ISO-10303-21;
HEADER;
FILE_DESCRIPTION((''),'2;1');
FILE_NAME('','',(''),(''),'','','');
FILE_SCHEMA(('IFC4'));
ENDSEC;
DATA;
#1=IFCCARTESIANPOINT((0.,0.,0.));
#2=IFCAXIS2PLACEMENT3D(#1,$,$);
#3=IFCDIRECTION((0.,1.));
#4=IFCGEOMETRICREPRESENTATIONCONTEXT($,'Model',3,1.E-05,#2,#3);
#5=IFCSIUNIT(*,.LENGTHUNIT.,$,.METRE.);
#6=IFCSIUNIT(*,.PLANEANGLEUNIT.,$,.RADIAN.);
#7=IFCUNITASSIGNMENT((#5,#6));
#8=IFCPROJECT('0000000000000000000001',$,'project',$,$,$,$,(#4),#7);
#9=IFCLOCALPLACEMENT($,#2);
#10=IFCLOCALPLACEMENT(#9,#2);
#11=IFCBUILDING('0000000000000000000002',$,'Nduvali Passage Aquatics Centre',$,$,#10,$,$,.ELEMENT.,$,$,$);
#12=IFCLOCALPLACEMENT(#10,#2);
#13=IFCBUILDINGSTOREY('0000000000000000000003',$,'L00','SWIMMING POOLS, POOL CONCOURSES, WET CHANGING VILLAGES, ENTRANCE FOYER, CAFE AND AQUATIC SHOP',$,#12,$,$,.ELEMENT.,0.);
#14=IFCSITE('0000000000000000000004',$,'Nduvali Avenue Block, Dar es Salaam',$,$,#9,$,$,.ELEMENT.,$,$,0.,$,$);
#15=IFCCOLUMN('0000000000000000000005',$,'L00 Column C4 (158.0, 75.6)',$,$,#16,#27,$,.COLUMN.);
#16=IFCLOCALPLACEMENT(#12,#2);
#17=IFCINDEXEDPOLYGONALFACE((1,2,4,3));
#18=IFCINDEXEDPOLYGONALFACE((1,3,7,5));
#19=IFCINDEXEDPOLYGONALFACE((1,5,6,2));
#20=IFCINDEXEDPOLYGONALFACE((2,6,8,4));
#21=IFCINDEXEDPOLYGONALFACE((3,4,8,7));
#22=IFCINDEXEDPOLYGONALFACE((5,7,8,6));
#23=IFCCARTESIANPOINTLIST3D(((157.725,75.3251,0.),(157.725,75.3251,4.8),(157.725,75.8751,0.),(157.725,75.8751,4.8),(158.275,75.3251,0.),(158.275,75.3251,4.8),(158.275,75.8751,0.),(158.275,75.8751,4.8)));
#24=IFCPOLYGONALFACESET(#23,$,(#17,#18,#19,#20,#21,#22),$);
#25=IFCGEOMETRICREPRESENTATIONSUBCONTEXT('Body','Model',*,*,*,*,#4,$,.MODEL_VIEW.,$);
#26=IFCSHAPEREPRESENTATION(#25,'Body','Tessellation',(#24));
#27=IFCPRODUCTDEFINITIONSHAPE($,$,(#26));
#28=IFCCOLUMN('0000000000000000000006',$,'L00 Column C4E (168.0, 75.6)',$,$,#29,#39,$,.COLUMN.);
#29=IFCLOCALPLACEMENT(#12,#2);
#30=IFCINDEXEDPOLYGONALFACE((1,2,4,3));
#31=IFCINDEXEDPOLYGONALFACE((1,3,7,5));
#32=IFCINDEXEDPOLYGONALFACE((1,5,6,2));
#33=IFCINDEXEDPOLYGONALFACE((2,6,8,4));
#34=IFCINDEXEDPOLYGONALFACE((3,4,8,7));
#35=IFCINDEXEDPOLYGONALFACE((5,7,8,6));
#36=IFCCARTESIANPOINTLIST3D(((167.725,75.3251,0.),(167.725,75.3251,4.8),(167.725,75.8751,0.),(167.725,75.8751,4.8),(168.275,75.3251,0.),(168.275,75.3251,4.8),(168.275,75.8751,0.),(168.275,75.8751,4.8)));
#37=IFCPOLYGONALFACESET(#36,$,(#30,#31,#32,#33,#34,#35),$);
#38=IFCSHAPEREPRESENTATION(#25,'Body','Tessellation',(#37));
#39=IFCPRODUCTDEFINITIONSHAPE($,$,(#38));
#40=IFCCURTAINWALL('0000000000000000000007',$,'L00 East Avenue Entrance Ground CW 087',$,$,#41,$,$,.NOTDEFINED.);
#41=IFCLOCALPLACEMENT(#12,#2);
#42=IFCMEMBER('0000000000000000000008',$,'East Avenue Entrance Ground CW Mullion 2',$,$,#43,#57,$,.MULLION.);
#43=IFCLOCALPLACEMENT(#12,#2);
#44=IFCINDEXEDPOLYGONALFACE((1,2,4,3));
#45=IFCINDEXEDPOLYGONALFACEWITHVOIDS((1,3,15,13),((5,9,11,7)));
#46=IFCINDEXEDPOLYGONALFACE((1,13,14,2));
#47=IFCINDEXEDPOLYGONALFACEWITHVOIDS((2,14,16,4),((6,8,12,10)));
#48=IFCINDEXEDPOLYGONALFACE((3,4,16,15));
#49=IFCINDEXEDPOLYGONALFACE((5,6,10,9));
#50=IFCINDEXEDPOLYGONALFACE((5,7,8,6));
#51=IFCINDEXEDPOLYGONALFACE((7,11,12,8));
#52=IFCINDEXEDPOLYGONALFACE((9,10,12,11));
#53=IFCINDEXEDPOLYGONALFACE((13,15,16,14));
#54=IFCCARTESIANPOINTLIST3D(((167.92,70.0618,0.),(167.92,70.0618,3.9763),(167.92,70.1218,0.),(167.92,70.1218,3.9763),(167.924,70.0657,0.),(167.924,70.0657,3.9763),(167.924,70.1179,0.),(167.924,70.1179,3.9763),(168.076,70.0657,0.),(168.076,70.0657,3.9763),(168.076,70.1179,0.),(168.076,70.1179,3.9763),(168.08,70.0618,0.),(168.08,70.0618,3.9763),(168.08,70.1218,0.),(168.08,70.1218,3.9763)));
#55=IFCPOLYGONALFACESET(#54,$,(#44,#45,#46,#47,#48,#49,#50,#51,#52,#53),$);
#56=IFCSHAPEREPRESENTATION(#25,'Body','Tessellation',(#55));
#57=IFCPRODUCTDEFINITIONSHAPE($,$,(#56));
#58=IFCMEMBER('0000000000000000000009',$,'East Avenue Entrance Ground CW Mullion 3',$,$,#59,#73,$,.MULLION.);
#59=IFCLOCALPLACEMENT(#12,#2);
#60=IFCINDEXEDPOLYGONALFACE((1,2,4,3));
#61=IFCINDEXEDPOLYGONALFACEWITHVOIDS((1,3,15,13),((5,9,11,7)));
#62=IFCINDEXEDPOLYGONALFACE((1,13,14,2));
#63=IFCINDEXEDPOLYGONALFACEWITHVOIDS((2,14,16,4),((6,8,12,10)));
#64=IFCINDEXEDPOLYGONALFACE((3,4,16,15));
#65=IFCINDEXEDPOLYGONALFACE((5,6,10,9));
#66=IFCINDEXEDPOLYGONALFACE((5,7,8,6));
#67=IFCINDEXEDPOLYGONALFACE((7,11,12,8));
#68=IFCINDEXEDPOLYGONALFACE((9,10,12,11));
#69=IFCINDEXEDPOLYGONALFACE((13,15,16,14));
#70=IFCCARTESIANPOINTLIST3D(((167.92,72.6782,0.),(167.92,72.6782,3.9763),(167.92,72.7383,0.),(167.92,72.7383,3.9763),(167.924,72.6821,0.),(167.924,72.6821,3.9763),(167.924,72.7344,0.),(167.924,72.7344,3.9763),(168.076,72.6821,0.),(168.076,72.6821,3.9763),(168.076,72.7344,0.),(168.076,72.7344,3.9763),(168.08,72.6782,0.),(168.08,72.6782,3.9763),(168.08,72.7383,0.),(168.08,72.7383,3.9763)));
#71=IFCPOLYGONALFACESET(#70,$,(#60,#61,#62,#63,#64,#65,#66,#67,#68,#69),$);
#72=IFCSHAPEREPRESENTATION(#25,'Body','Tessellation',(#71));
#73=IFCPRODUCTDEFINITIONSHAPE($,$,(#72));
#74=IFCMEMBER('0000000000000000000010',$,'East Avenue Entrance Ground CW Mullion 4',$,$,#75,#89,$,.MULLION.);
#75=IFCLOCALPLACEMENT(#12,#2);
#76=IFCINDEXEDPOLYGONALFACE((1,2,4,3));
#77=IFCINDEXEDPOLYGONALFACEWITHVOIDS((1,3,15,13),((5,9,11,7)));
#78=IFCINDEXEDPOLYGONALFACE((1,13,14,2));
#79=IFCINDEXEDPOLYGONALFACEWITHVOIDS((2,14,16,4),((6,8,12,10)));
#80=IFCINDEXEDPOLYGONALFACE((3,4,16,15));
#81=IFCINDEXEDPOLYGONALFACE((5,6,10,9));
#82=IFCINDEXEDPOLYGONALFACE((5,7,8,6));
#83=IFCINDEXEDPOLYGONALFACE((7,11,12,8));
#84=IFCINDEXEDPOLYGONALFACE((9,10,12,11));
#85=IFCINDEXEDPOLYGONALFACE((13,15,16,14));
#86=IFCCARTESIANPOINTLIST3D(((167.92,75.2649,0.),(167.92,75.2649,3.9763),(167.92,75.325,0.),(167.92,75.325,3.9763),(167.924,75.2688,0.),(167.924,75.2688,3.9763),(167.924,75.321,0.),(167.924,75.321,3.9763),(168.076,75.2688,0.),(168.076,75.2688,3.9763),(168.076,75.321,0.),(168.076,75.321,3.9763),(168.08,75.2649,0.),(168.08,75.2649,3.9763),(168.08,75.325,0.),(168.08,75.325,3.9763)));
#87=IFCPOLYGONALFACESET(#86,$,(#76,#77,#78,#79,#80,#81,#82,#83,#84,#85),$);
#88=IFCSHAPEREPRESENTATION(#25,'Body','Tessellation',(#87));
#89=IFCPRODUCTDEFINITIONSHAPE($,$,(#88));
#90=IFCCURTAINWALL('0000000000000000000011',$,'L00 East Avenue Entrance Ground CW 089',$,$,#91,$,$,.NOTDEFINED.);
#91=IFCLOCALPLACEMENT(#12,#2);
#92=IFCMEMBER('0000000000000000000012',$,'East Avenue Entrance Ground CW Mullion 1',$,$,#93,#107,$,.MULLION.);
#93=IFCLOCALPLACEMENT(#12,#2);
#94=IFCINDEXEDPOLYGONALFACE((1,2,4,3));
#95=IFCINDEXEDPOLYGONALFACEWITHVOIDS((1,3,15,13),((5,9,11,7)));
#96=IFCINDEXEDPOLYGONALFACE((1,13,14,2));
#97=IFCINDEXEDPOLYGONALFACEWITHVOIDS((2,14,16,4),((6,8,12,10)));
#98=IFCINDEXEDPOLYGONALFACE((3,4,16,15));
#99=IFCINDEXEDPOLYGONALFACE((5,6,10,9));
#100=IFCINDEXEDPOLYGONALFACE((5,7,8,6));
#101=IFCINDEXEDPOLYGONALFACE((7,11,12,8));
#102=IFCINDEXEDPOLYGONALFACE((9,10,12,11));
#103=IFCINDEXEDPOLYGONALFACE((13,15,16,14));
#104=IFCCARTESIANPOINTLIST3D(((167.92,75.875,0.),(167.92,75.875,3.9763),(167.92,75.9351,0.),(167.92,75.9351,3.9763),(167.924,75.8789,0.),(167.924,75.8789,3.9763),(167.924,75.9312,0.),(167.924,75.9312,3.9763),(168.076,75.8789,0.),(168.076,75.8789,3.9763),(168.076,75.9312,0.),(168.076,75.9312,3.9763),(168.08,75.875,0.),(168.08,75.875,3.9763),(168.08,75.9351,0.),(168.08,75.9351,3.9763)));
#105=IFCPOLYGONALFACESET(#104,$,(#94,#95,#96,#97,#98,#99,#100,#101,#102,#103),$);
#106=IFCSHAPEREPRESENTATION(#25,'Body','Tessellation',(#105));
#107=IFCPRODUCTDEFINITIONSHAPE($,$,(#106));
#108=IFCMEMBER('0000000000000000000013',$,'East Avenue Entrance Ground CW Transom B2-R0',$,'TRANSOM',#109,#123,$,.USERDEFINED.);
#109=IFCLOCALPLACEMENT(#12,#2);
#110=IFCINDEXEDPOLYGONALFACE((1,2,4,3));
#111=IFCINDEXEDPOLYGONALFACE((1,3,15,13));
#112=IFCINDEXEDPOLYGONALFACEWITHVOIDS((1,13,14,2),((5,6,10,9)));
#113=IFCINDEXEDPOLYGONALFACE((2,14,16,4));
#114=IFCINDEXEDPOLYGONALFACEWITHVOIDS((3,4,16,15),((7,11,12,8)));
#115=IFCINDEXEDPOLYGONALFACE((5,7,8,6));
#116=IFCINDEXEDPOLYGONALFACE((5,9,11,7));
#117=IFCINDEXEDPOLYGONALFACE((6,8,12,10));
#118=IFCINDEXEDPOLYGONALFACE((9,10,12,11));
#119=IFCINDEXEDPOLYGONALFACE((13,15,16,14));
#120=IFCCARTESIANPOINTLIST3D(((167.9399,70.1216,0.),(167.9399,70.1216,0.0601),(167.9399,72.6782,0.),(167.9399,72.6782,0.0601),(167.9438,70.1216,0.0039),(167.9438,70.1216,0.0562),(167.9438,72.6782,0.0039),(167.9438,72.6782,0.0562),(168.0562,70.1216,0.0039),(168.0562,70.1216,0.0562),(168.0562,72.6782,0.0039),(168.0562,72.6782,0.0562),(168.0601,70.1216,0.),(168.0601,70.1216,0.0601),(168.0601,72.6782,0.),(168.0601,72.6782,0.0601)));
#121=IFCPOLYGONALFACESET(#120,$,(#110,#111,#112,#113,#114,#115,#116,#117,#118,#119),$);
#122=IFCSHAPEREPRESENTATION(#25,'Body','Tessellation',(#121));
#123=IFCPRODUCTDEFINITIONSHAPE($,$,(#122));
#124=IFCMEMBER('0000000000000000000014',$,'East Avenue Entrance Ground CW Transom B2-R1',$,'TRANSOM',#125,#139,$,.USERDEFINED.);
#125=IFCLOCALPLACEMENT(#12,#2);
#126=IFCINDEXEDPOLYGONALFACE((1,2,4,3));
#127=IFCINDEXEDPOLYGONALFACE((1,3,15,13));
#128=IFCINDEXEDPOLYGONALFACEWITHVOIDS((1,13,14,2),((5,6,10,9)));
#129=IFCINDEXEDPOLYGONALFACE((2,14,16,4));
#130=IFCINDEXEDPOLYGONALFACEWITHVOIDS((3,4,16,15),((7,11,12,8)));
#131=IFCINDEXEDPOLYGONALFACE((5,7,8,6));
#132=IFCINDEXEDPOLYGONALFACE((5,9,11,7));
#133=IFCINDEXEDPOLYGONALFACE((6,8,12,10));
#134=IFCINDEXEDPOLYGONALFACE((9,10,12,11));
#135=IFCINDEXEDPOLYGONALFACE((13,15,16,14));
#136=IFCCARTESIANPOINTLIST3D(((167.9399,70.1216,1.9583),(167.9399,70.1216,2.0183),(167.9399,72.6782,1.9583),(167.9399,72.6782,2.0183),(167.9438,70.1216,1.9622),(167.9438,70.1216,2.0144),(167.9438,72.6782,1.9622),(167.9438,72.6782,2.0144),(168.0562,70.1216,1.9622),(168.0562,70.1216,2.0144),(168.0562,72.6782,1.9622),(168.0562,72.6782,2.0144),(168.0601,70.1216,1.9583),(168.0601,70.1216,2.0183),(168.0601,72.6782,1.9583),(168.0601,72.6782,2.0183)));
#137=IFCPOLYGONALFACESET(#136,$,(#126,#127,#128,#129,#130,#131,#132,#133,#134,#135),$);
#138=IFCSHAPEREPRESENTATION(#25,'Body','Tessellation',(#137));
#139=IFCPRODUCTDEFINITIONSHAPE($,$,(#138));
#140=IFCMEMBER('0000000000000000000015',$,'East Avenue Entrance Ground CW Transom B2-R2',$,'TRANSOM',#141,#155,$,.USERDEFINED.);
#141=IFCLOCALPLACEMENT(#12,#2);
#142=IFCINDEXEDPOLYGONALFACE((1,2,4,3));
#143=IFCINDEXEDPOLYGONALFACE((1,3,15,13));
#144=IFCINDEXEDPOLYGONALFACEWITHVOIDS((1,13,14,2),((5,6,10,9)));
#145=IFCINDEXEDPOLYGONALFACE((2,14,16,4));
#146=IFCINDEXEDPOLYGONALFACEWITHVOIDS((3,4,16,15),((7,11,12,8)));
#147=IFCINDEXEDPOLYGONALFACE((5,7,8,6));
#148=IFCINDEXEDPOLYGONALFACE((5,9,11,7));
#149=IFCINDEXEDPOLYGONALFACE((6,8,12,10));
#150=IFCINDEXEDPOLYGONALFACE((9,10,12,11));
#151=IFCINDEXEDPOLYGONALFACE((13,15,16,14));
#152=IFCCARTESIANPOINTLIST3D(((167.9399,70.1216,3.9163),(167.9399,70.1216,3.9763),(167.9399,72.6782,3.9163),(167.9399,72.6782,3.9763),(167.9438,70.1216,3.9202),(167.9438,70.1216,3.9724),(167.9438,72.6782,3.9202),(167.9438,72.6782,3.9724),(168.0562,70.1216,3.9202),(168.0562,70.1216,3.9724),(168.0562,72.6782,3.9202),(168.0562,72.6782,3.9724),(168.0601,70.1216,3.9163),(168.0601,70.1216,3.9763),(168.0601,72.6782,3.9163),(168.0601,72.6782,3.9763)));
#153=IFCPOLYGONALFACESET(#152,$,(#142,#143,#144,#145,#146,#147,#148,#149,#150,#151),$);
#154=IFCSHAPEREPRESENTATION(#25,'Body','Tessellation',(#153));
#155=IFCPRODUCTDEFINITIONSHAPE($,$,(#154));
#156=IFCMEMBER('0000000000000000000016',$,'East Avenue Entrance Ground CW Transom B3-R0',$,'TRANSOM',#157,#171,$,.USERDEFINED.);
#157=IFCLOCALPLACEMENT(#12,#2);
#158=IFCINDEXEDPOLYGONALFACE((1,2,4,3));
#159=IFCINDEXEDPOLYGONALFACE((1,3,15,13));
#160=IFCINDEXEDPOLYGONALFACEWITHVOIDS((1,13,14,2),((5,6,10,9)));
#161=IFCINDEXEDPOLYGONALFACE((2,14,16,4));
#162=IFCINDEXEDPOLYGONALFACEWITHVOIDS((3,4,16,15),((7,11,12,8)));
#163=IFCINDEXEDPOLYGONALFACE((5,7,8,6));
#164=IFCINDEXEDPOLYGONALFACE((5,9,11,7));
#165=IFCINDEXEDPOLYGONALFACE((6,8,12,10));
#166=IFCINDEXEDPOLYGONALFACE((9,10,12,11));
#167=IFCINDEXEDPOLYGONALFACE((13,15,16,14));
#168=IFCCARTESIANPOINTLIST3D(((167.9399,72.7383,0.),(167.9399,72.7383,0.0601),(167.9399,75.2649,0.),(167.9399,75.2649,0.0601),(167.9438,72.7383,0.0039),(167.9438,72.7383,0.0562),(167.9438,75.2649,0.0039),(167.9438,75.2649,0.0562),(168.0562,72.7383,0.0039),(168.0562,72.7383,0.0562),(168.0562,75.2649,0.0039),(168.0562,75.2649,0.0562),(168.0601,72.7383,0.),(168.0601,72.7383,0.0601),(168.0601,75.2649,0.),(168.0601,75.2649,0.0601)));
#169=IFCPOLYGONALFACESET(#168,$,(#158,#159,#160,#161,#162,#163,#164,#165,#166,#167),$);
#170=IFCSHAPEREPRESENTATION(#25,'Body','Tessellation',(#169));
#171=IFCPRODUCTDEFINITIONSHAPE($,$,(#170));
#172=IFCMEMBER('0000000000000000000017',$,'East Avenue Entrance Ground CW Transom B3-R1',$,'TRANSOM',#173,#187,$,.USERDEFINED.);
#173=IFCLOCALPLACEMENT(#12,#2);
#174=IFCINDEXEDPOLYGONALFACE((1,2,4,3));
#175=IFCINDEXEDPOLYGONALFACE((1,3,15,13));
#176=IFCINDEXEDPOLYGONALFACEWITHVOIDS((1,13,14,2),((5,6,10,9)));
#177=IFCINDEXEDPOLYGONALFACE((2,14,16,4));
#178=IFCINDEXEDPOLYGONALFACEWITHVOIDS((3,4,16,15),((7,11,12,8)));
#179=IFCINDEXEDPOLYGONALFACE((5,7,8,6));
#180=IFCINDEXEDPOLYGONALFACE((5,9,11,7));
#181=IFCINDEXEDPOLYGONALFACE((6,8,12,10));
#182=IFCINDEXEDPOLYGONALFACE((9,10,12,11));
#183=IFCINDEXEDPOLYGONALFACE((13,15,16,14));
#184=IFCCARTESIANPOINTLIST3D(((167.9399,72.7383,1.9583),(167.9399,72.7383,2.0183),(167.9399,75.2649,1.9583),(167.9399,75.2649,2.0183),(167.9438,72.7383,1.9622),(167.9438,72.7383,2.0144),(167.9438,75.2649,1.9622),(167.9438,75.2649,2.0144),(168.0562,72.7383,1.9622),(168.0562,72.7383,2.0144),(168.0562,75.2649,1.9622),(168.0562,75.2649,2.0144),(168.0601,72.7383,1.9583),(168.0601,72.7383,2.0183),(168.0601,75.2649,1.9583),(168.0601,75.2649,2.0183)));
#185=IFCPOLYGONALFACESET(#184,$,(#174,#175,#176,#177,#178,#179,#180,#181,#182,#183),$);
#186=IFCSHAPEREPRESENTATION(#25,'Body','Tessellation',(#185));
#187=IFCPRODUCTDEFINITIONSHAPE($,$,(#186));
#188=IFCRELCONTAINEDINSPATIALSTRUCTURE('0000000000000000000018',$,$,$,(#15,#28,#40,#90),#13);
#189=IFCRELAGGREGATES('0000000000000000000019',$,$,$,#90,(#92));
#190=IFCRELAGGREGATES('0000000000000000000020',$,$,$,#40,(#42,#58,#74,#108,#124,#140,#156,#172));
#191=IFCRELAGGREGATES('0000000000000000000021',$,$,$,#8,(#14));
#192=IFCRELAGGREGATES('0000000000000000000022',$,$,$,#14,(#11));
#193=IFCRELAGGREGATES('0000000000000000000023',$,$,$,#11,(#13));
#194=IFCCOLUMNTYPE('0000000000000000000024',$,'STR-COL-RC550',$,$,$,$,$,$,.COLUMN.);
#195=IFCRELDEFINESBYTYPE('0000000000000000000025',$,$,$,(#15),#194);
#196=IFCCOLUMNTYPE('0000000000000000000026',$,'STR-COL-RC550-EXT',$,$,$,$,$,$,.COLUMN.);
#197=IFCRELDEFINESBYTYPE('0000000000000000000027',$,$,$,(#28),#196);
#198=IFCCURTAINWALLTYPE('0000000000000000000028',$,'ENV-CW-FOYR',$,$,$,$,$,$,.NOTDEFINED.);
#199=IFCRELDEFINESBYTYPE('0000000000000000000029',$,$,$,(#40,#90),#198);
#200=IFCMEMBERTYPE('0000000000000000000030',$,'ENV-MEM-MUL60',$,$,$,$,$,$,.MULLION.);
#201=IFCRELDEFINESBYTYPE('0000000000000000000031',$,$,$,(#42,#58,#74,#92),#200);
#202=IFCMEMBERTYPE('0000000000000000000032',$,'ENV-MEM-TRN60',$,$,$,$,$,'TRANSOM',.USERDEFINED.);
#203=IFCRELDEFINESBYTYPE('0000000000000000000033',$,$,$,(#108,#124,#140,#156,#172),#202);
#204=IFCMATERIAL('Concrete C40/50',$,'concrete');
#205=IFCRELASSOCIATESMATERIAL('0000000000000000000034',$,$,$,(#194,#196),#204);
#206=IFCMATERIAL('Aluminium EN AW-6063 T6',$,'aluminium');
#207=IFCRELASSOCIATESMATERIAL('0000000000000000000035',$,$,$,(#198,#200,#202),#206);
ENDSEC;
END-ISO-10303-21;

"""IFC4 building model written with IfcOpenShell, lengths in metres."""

from ifc_helpers import new_model, si_unit, direction, frame, origin, origin_2d, place, context, subcontext, project, spatial, rectangle, hollow_rectangle, extrude, material, material_profile, profile_set, type_object, element, aggregate, save


model = new_model("IFC4")

# Units and contexts
model_context = context("Model", 3, precision=1e-05, world=origin(), true_north=direction((0.0, 1.0)))
body_context = subcontext(model_context, "Body", "Model", "MODEL_VIEW")
ifc_project = project(units=[si_unit("LENGTHUNIT", "METRE"), si_unit("PLANEANGLEUNIT", "RADIAN")], contexts=[model_context])

# Site, building, storey
site_placement = place(None, origin())
site = spatial("IfcSite", under=ifc_project, at=site_placement, Name="Nduvali Avenue Block, Dar es Salaam", CompositionType="ELEMENT", RefElevation=0.0)
building_placement = place(site_placement, origin())
building = spatial("IfcBuilding", under=site, at=building_placement, Name="Nduvali Passage Aquatics Centre", CompositionType="ELEMENT")
storey_placement = place(building_placement, origin())
storey = spatial("IfcBuildingStorey", under=building, at=storey_placement, Name="L00", Description="SWIMMING POOLS, POOL CONCOURSES, WET CHANGING VILLAGES, ENTRANCE FOYER, CAFE AND AQUATIC SHOP", CompositionType="ELEMENT", Elevation=0.0)

# Columns
ifc_material_1 = material(Name="Concrete C40/50", Category="concrete")
ifc_material_profile_1 = material_profile(ifc_material_1, rectangle(XDim=0.55, YDim=0.55, at=origin_2d()), Name="RC 550x550")
ifc_profile_set_1 = profile_set([ifc_material_profile_1], Name="Concrete C40/50")
column_type_1 = type_object("IfcColumnType", Name="STR-COL-RC550", PredefinedType="COLUMN", material=ifc_profile_set_1)
column_1_placement = place(storey_placement, frame((158.0, 75.6001, 0.0), z_axis=(0.0, 0.0, 1.0), x_axis=(1.0, 0.0, 0.0)))
element("IfcColumn", 1, at=column_1_placement, inside=storey, type_object=column_type_1, Name="L00 Column C4 (158.0, 75.6)", PredefinedType="COLUMN", context=body_context, shape_type="SweptSolid", body=[
    extrude(rectangle(XDim=0.55, YDim=0.55, at=origin_2d()), origin(), (0.0, 0.0, 1.0), 4.8),
])
ifc_material_profile_2 = material_profile(ifc_material_1, rectangle(XDim=0.55, YDim=0.55, at=origin_2d()), Name="RC 550x550")
ifc_profile_set_2 = profile_set([ifc_material_profile_2], Name="Concrete C40/50")
column_type_2 = type_object("IfcColumnType", Name="STR-COL-RC550-EXT", PredefinedType="COLUMN", material=ifc_profile_set_2)
column_2_placement = place(storey_placement, frame((168.0, 75.6001, 0.0), z_axis=(0.0, 0.0, 1.0), x_axis=(1.0, 0.0, 0.0)))
element("IfcColumn", 2, at=column_2_placement, inside=storey, type_object=column_type_2, Name="L00 Column C4E (168.0, 75.6)", PredefinedType="COLUMN", context=body_context, shape_type="SweptSolid", body=[
    extrude(rectangle(XDim=0.55, YDim=0.55, at=origin_2d()), origin(), (0.0, 0.0, 1.0), 4.8),
])

# Curtain wall, members
ifc_material_2 = material(Name="Aluminium EN AW-6063 T6", Category="aluminium")
curtain_wall_type = type_object("IfcCurtainWallType", Name="ENV-CW-FOYR", PredefinedType="NOTDEFINED", material=ifc_material_2)
curtain_wall_1_placement = place(storey_placement, origin())
curtain_wall_1 = element("IfcCurtainWall", 3, at=curtain_wall_1_placement, inside=storey, type_object=curtain_wall_type, Name="L00 East Avenue Entrance Ground CW 087", PredefinedType="NOTDEFINED")
ifc_material_profile_3 = material_profile(ifc_material_2, hollow_rectangle(XDim=0.0601, YDim=0.1599, WallThickness=0.0039, at=origin_2d()), Name="ALU MULLION 60x160x4")
ifc_profile_set_3 = profile_set([ifc_material_profile_3], Name="Aluminium EN AW-6063 T6")
member_type_1 = type_object("IfcMemberType", Name="ENV-MEM-MUL60", PredefinedType="MULLION", material=ifc_profile_set_3)
member_1_placement = place(storey_placement, frame((168.0, 70.0918, 0.0), z_axis=(0.0, 0.0, 1.0), x_axis=(0.0, 1.0, 0.0)))
member_1 = element("IfcMember", 4, at=member_1_placement, type_object=member_type_1, Name="East Avenue Entrance Ground CW Mullion 2", PredefinedType="MULLION", context=body_context, shape_type="SweptSolid", body=[
    extrude(hollow_rectangle(XDim=0.0601, YDim=0.1599, WallThickness=0.0039, at=origin_2d()), origin(), (0.0, 0.0, 1.0), 3.9763),
])
member_2_placement = place(storey_placement, frame((168.0, 72.7083, 0.0), z_axis=(0.0, 0.0, 1.0), x_axis=(0.0, 1.0, 0.0)))
member_2 = element("IfcMember", 5, at=member_2_placement, type_object=member_type_1, Name="East Avenue Entrance Ground CW Mullion 3", PredefinedType="MULLION", context=body_context, shape_type="SweptSolid", body=[
    extrude(hollow_rectangle(XDim=0.0601, YDim=0.1599, WallThickness=0.0039, at=origin_2d()), origin(), (0.0, 0.0, 1.0), 3.9763),
])
member_3_placement = place(storey_placement, frame((168.0, 75.2949, 0.0), z_axis=(0.0, 0.0, 1.0), x_axis=(0.0, 1.0, 0.0)))
member_3 = element("IfcMember", 6, at=member_3_placement, type_object=member_type_1, Name="East Avenue Entrance Ground CW Mullion 4", PredefinedType="MULLION", context=body_context, shape_type="SweptSolid", body=[
    extrude(hollow_rectangle(XDim=0.0601, YDim=0.1599, WallThickness=0.0039, at=origin_2d()), origin(), (0.0, 0.0, 1.0), 3.9763),
])

# Curtain wall, member
curtain_wall_2_placement = place(storey_placement, origin())
curtain_wall_2 = element("IfcCurtainWall", 7, at=curtain_wall_2_placement, inside=storey, type_object=curtain_wall_type, Name="L00 East Avenue Entrance Ground CW 089", PredefinedType="NOTDEFINED")
member_4_placement = place(storey_placement, frame((168.0, 75.905, 0.0), z_axis=(0.0, 0.0, 1.0), x_axis=(0.0, 1.0, 0.0)))
member_4 = element("IfcMember", 8, at=member_4_placement, type_object=member_type_1, Name="East Avenue Entrance Ground CW Mullion 1", PredefinedType="MULLION", context=body_context, shape_type="SweptSolid", body=[
    extrude(hollow_rectangle(XDim=0.0601, YDim=0.1599, WallThickness=0.0039, at=origin_2d()), origin(), (0.0, 0.0, 1.0), 3.9763),
])

# Members
ifc_material_profile_4 = material_profile(ifc_material_2, hollow_rectangle(XDim=0.1201, YDim=0.0601, WallThickness=0.0039, at=origin_2d()), Name="ALU TRANSOM 120x60x4")
ifc_profile_set_4 = profile_set([ifc_material_profile_4], Name="Aluminium EN AW-6063 T6")
member_type_2 = type_object("IfcMemberType", Name="ENV-MEM-TRN60", ElementType="TRANSOM", PredefinedType="USERDEFINED", material=ifc_profile_set_4)
member_5_placement = place(storey_placement, frame((168.0, 70.1216, 0.03), z_axis=(0.0, 1.0, 0.0), x_axis=(-1.0, 0.0, 0.0)))
member_5 = element("IfcMember", 9, at=member_5_placement, type_object=member_type_2, Name="East Avenue Entrance Ground CW Transom B2-R0", ObjectType="TRANSOM", PredefinedType="USERDEFINED", context=body_context, shape_type="SweptSolid", body=[
    extrude(hollow_rectangle(XDim=0.1201, YDim=0.0601, WallThickness=0.0039, at=origin_2d()), origin(), (0.0, 0.0, 1.0), 2.5566),
])
member_6_placement = place(storey_placement, frame((168.0, 70.1216, 1.9883), z_axis=(0.0, 1.0, 0.0), x_axis=(-1.0, 0.0, 0.0)))
member_6 = element("IfcMember", 10, at=member_6_placement, type_object=member_type_2, Name="East Avenue Entrance Ground CW Transom B2-R1", ObjectType="TRANSOM", PredefinedType="USERDEFINED", context=body_context, shape_type="SweptSolid", body=[
    extrude(hollow_rectangle(XDim=0.1201, YDim=0.0601, WallThickness=0.0039, at=origin_2d()), origin(), (0.0, 0.0, 1.0), 2.5566),
])
member_7_placement = place(storey_placement, frame((168.0, 70.1216, 3.9463), z_axis=(0.0, 1.0, 0.0), x_axis=(-1.0, 0.0, 0.0)))
member_7 = element("IfcMember", 11, at=member_7_placement, type_object=member_type_2, Name="East Avenue Entrance Ground CW Transom B2-R2", ObjectType="TRANSOM", PredefinedType="USERDEFINED", context=body_context, shape_type="SweptSolid", body=[
    extrude(hollow_rectangle(XDim=0.1201, YDim=0.0601, WallThickness=0.0039, at=origin_2d()), origin(), (0.0, 0.0, 1.0), 2.5566),
])
member_8_placement = place(storey_placement, frame((168.0, 72.7383, 0.03), z_axis=(0.0, 1.0, 0.0), x_axis=(-1.0, 0.0, 0.0)))
member_8 = element("IfcMember", 12, at=member_8_placement, type_object=member_type_2, Name="East Avenue Entrance Ground CW Transom B3-R0", ObjectType="TRANSOM", PredefinedType="USERDEFINED", context=body_context, shape_type="SweptSolid", body=[
    extrude(hollow_rectangle(XDim=0.1201, YDim=0.0601, WallThickness=0.0039, at=origin_2d()), origin(), (0.0, 0.0, 1.0), 2.5266),
])
member_9_placement = place(storey_placement, frame((168.0, 72.7383, 1.9883), z_axis=(0.0, 1.0, 0.0), x_axis=(-1.0, 0.0, 0.0)))
member_9 = element("IfcMember", 13, at=member_9_placement, type_object=member_type_2, Name="East Avenue Entrance Ground CW Transom B3-R1", ObjectType="TRANSOM", PredefinedType="USERDEFINED", context=body_context, shape_type="SweptSolid", body=[
    extrude(hollow_rectangle(XDim=0.1201, YDim=0.0601, WallThickness=0.0039, at=origin_2d()), origin(), (0.0, 0.0, 1.0), 2.5266),
])
aggregate(curtain_wall_2, [member_4])

aggregate(curtain_wall_1, [member_1, member_2, member_3, member_5, member_6, member_7, member_8, member_9])

save(model, "model.ifc")
